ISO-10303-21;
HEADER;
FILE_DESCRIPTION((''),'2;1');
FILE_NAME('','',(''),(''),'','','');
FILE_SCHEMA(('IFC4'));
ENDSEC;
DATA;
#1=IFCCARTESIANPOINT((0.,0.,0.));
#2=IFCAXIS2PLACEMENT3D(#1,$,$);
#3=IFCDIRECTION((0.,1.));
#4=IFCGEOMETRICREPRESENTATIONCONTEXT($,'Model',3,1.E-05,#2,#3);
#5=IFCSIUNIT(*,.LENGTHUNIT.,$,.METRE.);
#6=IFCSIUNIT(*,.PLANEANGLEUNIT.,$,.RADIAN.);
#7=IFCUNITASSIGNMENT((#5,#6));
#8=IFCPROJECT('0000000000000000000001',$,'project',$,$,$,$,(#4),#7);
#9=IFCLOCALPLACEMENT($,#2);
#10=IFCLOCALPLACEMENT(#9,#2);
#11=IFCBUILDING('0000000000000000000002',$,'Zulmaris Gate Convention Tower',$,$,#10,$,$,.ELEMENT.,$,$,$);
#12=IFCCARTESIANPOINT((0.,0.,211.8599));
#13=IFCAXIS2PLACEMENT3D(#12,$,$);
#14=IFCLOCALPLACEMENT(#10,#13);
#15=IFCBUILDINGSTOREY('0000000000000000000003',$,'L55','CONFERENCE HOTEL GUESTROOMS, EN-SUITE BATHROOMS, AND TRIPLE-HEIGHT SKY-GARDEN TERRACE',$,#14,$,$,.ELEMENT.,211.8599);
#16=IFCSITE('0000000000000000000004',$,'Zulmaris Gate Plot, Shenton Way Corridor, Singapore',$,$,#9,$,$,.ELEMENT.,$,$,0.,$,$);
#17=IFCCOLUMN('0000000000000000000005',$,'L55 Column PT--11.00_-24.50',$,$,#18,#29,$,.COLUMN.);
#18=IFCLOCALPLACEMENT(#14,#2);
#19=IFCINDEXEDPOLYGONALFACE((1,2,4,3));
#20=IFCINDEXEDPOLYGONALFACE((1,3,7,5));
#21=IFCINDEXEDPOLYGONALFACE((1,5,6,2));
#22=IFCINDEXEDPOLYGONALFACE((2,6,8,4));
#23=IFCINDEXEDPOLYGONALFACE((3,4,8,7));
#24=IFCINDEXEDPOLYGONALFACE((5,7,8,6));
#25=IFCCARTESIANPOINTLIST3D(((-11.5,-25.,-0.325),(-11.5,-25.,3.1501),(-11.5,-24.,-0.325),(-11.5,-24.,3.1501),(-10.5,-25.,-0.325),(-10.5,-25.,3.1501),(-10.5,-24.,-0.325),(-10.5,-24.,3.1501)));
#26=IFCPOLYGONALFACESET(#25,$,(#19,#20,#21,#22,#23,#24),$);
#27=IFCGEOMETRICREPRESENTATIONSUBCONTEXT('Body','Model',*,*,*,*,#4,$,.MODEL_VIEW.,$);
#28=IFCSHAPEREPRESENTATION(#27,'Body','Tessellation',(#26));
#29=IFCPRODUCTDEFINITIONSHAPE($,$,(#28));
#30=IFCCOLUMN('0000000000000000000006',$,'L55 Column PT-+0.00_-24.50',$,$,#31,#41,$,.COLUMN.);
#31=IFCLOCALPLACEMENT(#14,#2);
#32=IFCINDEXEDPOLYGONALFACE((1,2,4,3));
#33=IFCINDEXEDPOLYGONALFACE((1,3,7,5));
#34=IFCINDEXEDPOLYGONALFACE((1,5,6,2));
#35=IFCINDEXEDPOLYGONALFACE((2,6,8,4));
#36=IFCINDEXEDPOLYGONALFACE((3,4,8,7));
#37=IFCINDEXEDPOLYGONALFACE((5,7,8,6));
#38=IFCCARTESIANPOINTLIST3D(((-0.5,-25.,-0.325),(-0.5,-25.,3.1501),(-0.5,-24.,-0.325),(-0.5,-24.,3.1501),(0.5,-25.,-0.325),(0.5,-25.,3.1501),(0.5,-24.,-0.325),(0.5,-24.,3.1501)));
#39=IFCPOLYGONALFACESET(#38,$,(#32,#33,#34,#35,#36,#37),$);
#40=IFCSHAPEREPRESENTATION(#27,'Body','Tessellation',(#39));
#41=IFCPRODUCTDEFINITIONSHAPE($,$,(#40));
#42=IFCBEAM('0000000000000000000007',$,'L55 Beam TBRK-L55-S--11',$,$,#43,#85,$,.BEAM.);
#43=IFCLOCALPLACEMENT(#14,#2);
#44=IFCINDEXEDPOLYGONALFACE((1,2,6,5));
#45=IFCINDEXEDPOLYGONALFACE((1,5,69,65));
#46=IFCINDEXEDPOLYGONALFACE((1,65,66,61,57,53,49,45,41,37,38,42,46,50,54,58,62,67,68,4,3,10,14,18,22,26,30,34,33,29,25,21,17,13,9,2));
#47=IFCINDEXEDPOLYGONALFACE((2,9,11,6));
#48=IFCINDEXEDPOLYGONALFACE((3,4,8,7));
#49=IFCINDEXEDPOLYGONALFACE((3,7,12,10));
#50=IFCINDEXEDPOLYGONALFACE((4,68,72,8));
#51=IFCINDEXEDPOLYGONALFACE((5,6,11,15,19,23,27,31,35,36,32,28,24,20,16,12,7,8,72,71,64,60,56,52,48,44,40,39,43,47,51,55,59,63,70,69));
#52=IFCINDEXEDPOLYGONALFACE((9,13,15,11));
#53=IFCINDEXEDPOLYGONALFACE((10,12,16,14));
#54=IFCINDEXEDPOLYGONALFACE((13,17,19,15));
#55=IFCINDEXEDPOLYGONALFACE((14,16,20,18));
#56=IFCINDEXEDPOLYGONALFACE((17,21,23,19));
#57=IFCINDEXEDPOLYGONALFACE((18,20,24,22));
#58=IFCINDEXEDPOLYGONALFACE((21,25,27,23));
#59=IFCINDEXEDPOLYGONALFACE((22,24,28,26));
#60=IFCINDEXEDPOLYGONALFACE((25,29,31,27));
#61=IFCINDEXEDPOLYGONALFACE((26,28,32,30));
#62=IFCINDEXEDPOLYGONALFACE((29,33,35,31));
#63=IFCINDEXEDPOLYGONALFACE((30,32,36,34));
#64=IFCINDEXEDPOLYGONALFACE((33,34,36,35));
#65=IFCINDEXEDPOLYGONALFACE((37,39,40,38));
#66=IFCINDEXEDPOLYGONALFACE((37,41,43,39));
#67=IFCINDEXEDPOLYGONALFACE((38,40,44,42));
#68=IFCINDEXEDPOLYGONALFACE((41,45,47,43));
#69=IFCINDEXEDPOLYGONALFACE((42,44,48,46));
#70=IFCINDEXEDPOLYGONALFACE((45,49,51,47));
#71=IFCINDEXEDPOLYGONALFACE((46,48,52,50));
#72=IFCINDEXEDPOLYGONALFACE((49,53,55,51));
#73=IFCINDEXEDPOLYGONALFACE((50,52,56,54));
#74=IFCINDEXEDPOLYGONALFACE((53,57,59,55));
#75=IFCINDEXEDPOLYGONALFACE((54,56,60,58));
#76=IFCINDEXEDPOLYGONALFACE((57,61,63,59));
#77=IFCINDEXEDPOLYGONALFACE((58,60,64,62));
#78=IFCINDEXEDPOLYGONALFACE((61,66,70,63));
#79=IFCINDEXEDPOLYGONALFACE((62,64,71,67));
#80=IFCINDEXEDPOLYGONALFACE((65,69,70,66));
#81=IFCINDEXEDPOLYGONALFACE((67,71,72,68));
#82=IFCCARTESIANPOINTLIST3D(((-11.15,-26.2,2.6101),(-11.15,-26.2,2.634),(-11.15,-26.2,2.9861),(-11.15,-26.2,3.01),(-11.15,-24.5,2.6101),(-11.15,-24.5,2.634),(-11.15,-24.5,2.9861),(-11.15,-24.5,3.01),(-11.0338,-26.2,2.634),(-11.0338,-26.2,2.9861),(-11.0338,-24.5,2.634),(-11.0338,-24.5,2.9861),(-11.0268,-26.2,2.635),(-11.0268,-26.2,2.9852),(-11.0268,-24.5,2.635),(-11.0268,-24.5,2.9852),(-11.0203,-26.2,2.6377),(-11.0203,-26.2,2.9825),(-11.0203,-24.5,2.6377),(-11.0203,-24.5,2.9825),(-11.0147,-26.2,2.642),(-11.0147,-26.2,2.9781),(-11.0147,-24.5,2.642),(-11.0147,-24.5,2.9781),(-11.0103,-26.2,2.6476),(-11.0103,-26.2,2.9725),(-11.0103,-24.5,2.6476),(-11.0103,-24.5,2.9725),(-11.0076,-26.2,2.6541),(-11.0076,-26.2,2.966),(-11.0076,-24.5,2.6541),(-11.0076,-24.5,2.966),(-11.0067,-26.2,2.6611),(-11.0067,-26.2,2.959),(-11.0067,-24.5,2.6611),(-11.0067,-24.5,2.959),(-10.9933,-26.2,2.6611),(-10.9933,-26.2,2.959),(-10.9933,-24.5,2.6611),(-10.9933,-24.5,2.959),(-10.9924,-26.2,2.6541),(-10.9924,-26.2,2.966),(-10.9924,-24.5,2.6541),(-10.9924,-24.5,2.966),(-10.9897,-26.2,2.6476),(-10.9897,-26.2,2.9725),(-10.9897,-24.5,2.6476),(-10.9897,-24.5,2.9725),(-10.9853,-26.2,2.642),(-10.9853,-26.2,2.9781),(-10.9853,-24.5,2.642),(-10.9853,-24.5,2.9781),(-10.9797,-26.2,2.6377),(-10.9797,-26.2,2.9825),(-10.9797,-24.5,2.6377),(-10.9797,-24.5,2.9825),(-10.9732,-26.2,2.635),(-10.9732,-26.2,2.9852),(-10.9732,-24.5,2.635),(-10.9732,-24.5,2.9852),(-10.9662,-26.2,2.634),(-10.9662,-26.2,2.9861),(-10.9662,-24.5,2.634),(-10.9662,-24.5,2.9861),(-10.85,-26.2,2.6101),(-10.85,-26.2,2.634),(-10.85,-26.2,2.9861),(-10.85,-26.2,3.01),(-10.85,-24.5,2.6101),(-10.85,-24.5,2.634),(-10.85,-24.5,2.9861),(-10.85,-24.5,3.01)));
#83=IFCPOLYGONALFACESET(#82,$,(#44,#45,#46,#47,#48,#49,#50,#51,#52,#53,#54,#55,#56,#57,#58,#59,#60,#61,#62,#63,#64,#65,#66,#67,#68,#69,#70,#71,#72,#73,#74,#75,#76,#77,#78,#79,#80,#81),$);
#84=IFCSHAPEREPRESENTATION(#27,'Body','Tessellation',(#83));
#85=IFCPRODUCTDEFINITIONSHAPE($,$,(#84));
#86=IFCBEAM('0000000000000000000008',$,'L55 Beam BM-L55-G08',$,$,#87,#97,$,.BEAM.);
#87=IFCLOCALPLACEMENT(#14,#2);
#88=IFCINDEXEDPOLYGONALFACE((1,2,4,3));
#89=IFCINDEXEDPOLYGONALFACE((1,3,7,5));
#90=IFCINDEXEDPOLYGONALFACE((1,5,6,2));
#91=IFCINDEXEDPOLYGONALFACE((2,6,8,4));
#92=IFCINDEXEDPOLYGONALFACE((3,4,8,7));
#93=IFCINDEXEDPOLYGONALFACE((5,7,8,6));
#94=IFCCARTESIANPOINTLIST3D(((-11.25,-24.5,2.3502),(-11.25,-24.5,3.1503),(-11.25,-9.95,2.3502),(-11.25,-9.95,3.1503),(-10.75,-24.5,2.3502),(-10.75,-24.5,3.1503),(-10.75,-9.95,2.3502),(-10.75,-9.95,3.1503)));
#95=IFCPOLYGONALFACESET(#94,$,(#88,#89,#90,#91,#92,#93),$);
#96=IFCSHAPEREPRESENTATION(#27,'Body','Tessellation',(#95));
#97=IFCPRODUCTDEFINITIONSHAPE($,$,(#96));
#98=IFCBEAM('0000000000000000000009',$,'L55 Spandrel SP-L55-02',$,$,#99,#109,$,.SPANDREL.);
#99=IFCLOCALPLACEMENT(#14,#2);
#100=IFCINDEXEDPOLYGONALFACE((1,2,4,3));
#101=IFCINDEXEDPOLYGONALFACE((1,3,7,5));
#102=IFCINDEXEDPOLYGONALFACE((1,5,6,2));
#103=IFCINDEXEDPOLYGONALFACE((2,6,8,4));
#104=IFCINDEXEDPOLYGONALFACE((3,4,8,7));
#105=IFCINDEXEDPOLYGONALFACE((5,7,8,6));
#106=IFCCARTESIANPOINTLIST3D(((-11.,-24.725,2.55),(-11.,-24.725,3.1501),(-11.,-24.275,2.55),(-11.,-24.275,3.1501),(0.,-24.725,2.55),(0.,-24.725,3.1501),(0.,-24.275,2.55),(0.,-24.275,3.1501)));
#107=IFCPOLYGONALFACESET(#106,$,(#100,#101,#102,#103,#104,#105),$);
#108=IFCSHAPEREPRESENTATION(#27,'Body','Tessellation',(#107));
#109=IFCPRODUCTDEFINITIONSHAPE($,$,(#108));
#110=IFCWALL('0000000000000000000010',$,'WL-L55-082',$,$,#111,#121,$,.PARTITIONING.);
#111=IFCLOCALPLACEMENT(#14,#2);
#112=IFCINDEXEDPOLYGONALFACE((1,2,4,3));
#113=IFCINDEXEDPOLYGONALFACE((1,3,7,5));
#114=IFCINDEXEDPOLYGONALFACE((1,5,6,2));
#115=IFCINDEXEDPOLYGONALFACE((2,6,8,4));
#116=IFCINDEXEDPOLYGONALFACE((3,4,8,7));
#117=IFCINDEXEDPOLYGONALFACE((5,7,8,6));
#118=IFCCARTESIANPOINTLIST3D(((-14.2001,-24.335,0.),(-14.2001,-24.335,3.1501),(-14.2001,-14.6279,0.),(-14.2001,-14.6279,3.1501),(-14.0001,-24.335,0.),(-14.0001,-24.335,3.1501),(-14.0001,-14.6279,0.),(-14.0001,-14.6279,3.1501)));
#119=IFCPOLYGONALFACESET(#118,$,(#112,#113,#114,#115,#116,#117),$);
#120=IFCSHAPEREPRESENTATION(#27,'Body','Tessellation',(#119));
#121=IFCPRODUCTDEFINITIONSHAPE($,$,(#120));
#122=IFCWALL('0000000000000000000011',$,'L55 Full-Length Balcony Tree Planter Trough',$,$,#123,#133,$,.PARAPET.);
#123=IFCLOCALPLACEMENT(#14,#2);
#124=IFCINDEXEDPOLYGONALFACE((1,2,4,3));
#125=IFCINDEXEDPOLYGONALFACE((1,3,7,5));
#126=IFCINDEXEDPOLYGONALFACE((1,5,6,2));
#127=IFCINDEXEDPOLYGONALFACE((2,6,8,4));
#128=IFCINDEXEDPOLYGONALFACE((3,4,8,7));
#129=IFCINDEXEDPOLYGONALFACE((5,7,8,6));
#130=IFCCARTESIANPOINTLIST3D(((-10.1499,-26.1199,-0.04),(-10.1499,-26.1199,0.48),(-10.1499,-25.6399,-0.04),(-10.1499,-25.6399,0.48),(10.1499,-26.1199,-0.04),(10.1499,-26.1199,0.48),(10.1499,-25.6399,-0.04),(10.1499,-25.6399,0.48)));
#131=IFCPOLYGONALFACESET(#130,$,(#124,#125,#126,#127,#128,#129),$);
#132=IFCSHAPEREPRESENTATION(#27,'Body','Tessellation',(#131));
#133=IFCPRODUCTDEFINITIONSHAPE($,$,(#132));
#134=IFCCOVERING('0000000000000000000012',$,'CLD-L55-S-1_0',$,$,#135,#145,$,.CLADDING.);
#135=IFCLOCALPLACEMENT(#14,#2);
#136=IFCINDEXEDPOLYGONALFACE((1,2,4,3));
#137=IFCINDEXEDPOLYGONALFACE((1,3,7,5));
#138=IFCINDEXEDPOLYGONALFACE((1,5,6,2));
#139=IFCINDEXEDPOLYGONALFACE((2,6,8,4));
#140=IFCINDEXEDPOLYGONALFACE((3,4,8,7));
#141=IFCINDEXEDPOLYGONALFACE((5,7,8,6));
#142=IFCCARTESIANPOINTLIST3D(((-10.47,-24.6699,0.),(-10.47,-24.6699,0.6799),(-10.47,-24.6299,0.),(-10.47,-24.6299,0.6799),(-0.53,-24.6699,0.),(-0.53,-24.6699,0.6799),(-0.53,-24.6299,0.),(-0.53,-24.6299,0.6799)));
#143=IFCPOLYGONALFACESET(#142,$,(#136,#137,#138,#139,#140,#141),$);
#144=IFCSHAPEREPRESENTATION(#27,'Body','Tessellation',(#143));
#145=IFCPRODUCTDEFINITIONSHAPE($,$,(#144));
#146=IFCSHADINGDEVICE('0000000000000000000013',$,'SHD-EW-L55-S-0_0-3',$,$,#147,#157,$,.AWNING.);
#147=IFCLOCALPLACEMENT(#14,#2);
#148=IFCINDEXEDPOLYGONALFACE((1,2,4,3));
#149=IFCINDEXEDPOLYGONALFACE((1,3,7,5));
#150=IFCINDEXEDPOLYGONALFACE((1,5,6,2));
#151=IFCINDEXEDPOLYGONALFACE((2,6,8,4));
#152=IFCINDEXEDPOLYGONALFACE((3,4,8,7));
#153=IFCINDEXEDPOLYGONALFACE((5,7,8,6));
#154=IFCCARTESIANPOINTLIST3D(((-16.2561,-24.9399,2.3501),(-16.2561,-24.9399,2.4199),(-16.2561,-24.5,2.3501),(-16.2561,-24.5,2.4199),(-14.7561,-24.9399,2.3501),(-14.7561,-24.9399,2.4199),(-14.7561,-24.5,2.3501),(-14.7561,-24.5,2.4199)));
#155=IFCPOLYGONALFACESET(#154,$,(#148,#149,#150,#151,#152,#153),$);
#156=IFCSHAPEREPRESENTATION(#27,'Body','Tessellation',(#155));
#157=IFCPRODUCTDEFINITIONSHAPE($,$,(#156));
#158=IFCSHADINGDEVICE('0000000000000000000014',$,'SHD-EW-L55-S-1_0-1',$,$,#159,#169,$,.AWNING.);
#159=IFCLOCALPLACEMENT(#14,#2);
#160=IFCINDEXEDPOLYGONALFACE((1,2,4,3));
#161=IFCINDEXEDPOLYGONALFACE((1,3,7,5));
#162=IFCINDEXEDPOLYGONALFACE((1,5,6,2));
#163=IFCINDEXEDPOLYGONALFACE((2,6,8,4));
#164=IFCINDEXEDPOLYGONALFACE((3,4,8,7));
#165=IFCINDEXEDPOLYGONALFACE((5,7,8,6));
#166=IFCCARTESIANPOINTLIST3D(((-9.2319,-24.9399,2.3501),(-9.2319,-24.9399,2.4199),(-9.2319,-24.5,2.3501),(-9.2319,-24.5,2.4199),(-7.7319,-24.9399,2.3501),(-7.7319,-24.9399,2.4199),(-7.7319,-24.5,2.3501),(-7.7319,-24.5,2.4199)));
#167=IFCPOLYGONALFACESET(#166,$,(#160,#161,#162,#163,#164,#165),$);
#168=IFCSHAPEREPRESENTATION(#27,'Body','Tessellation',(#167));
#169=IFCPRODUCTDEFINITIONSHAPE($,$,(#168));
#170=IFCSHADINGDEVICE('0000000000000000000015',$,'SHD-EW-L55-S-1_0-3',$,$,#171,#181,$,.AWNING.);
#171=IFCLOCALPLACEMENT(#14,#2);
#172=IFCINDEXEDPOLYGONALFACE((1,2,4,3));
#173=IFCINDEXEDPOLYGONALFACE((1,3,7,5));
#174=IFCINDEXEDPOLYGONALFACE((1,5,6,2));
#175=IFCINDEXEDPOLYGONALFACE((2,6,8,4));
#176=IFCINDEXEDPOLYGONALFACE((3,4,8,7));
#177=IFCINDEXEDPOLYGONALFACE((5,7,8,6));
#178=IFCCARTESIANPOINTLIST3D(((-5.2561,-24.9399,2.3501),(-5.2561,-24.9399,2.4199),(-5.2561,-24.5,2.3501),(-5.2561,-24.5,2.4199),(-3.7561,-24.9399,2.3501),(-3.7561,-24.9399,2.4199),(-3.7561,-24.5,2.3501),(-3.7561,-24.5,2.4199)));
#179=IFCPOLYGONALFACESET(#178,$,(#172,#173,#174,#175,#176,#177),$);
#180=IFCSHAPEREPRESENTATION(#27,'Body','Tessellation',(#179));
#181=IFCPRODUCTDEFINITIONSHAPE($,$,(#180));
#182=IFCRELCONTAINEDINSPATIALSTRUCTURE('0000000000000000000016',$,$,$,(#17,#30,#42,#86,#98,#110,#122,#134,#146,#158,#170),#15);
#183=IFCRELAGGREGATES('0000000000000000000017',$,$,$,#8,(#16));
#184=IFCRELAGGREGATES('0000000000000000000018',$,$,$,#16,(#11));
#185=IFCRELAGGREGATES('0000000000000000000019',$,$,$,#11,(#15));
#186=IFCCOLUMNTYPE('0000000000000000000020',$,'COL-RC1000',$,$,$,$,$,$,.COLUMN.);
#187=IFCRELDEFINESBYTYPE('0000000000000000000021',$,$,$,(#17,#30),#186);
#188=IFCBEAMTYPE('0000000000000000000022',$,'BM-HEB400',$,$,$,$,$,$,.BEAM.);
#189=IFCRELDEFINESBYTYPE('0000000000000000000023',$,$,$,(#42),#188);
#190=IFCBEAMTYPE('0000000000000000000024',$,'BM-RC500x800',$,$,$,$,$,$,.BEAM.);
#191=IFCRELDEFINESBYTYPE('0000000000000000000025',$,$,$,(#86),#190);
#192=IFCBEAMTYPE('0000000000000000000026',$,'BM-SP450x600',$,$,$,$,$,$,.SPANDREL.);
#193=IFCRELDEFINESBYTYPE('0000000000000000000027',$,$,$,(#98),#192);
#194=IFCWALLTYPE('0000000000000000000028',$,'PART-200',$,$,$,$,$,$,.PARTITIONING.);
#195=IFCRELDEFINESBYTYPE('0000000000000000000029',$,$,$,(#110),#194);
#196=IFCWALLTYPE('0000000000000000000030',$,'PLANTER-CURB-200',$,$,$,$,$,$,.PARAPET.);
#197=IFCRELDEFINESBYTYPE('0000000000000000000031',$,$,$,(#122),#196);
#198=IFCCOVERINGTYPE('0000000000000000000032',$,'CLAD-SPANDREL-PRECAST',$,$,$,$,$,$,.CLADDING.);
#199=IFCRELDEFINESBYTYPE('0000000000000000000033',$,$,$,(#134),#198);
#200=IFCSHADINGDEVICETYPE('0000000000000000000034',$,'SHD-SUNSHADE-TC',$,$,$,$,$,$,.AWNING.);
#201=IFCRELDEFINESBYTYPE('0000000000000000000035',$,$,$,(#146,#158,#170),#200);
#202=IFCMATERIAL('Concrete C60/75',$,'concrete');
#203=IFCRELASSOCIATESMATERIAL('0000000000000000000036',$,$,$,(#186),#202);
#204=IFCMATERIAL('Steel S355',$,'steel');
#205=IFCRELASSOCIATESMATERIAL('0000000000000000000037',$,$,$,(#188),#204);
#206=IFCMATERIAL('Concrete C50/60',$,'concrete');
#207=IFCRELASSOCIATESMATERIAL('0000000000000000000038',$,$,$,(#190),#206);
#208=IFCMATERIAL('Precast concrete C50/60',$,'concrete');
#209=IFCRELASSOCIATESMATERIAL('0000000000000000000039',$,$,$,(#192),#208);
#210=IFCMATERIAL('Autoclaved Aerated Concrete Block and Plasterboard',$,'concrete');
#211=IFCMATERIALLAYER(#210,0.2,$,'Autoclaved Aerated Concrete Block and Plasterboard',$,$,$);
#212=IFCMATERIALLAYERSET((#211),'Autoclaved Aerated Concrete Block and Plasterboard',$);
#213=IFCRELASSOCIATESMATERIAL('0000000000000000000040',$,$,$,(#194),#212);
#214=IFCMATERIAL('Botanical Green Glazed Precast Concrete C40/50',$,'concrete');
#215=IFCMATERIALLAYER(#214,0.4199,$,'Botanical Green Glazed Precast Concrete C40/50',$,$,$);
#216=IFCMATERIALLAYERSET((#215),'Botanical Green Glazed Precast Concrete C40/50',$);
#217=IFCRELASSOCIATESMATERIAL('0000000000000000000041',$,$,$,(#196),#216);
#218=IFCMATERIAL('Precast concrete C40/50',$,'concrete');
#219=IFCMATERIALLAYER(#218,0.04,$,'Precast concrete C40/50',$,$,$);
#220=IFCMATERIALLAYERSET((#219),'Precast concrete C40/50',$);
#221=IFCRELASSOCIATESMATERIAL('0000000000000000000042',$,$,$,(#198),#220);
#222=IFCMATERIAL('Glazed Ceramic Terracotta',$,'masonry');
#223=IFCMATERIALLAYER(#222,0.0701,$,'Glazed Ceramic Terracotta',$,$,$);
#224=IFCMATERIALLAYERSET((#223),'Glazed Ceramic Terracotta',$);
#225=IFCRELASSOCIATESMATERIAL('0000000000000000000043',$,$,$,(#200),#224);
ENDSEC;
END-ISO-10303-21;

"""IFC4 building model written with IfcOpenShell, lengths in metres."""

from ifc_helpers import new_model, si_unit, direction, frame, frame_2d, origin, origin_2d, place, context, subcontext, project, spatial, rectangle, i_section, extrude, material, layer, layer_set, material_profile, profile_set, type_object, element, save


model = new_model("IFC4")

# Units and contexts
model_context = context("Model", 3, precision=1e-05, world=origin(), true_north=direction((0.0, 1.0)))
body_context = subcontext(model_context, "Body", "Model", "MODEL_VIEW")
ifc_project = project(units=[si_unit("LENGTHUNIT", "METRE"), si_unit("PLANEANGLEUNIT", "RADIAN")], contexts=[model_context])

# Site, building, storey
site_placement = place(None, origin())
site = spatial("IfcSite", under=ifc_project, at=site_placement, Name="Zulmaris Gate Plot, Shenton Way Corridor, Singapore", CompositionType="ELEMENT", RefElevation=0.0)
building_placement = place(site_placement, origin())
building = spatial("IfcBuilding", under=site, at=building_placement, Name="Zulmaris Gate Convention Tower", CompositionType="ELEMENT")
storey_placement = place(building_placement, frame((0.0, 0.0, 211.8599)))
storey = spatial("IfcBuildingStorey", under=building, at=storey_placement, Name="L55", Description="CONFERENCE HOTEL GUESTROOMS, EN-SUITE BATHROOMS, AND TRIPLE-HEIGHT SKY-GARDEN TERRACE", CompositionType="ELEMENT", Elevation=211.8599)

# Columns
ifc_material_1 = material(Name="Concrete C60/75", Category="concrete")
ifc_material_profile_1 = material_profile(ifc_material_1, rectangle(XDim=1.0, YDim=1.0, at=origin_2d()), Name="RC COL 1000x1000")
ifc_profile_set_1 = profile_set([ifc_material_profile_1], Name="Concrete C60/75")
column_type = type_object("IfcColumnType", Name="COL-RC1000", PredefinedType="COLUMN", material=ifc_profile_set_1)
for number, where, z_axis, x_axis, name in (
    (1, (-11.0, -24.5, -0.325), (0.0, 0.0, 1.0), (1.0, 0.0, 0.0), "L55 Column PT--11.00_-24.50"),
    (2, (0.0, -24.5, -0.325), (0.0, 0.0, 1.0), (1.0, 0.0, 0.0), "L55 Column PT-+0.00_-24.50"),
):
    element("IfcColumn", number, at=place(storey_placement, frame(where, z_axis=z_axis, x_axis=x_axis)), inside=storey, type_object=column_type, Name=name, PredefinedType="COLUMN", context=body_context, shape_type="SweptSolid", body=[
        extrude(rectangle(XDim=1.0, YDim=1.0, at=origin_2d()), origin(), (0.0, 0.0, 1.0), 3.4751),
    ])

# Beams
ifc_material_2 = material(Name="Steel S355", Category="steel")
ifc_material_profile_2 = material_profile(ifc_material_2, i_section(OverallWidth=0.3, OverallDepth=0.3999, WebThickness=0.0134, FlangeThickness=0.0239, FilletRadius=0.0271, at=origin_2d()), Name="HEB 400")
ifc_profile_set_2 = profile_set([ifc_material_profile_2], Name="Steel S355")
beam_type_1 = type_object("IfcBeamType", Name="BM-HEB400", PredefinedType="BEAM", material=ifc_profile_set_2)
beam_1_placement = place(storey_placement, frame((-11.0, -26.2, 2.8101), z_axis=(0.0, 1.0, 0.0), x_axis=(-1.0, 0.0, 0.0)))
element("IfcBeam", 3, at=beam_1_placement, inside=storey, type_object=beam_type_1, Name="L55 Beam TBRK-L55-S--11", PredefinedType="BEAM", context=body_context, shape_type="SweptSolid", body=[
    extrude(i_section(OverallWidth=0.3, OverallDepth=0.3999, WebThickness=0.0134, FlangeThickness=0.0239, FilletRadius=0.0271, at=origin_2d()), origin(), (0.0, 0.0, 1.0), 1.7),
])
ifc_material_3 = material(Name="Concrete C50/60", Category="concrete")
ifc_material_profile_3 = material_profile(ifc_material_3, rectangle(XDim=0.5, YDim=0.8, at=origin_2d()), Name="RC BEAM 500x800")
ifc_profile_set_3 = profile_set([ifc_material_profile_3], Name="Concrete C50/60")
beam_type_2 = type_object("IfcBeamType", Name="BM-RC500x800", PredefinedType="BEAM", material=ifc_profile_set_3)
beam_2_placement = place(storey_placement, frame((-11.0, -24.5, 2.7502), z_axis=(0.0, 1.0, 0.0), x_axis=(-1.0, 0.0, 0.0)))
element("IfcBeam", 4, at=beam_2_placement, inside=storey, type_object=beam_type_2, Name="L55 Beam BM-L55-G08", PredefinedType="BEAM", context=body_context, shape_type="SweptSolid", body=[
    extrude(rectangle(XDim=0.5, YDim=0.8, at=origin_2d()), origin(), (0.0, 0.0, 1.0), 14.55),
])
ifc_material_4 = material(Name="Precast concrete C50/60", Category="concrete")
ifc_material_profile_4 = material_profile(ifc_material_4, rectangle(XDim=0.45, YDim=0.6001, at=origin_2d()), Name="RC SPANDREL 450x600")
ifc_profile_set_4 = profile_set([ifc_material_profile_4], Name="Precast concrete C50/60")
beam_type_3 = type_object("IfcBeamType", Name="BM-SP450x600", PredefinedType="SPANDREL", material=ifc_profile_set_4)
beam_3_placement = place(storey_placement, frame((-11.0, -24.5, 2.8501), z_axis=(1.0, 0.0, 0.0), x_axis=(0.0, 1.0, 0.0)))
element("IfcBeam", 5, at=beam_3_placement, inside=storey, type_object=beam_type_3, Name="L55 Spandrel SP-L55-02", PredefinedType="SPANDREL", context=body_context, shape_type="SweptSolid", body=[
    extrude(rectangle(XDim=0.45, YDim=0.6001, at=origin_2d()), origin(), (0.0, 0.0, 1.0), 11.0),
])

# Walls
ifc_material_5 = material(Name="Autoclaved Aerated Concrete Block and Plasterboard", Category="concrete")
ifc_layer_1 = layer(ifc_material_5, 0.2, Name="Autoclaved Aerated Concrete Block and Plasterboard")
ifc_layer_set_1 = layer_set([ifc_layer_1], Name="Autoclaved Aerated Concrete Block and Plasterboard")
wall_type_1 = type_object("IfcWallType", Name="PART-200", PredefinedType="PARTITIONING", material=ifc_layer_set_1)
wall_1_placement = place(storey_placement, frame((-14.1001, -24.335, 0.0), z_axis=(0.0, 0.0, 1.0), x_axis=(0.0, 1.0, 0.0)))
element("IfcWall", 6, at=wall_1_placement, inside=storey, type_object=wall_type_1, Name="WL-L55-082", PredefinedType="PARTITIONING", context=body_context, shape_type="SweptSolid", body=[
    extrude(rectangle(XDim=9.707, YDim=0.2, at=frame_2d((4.8535, 0.0))), origin(), (0.0, 0.0, 1.0), 3.1501),
])
ifc_material_6 = material(Name="Botanical Green Glazed Precast Concrete C40/50", Category="concrete")
ifc_layer_2 = layer(ifc_material_6, 0.4199, Name="Botanical Green Glazed Precast Concrete C40/50")
ifc_layer_set_2 = layer_set([ifc_layer_2], Name="Botanical Green Glazed Precast Concrete C40/50")
wall_type_2 = type_object("IfcWallType", Name="PLANTER-CURB-200", PredefinedType="PARAPET", material=ifc_layer_set_2)
wall_2_placement = place(storey_placement, frame((-10.1499, -25.8799, -0.04), z_axis=(0.0, 0.0, 1.0), x_axis=(1.0, 0.0, 0.0)))
element("IfcWall", 7, at=wall_2_placement, inside=storey, type_object=wall_type_2, Name="L55 Full-Length Balcony Tree Planter Trough", PredefinedType="PARAPET", context=body_context, shape_type="SweptSolid", body=[
    extrude(rectangle(XDim=20.2998, YDim=0.48, at=frame_2d((10.1499, 0.0))), origin(), (0.0, 0.0, 1.0), 0.52),
])

# Shared definitions
ifc_material_7 = material(Name="Precast concrete C40/50", Category="concrete")

# Covering
ifc_layer_3 = layer(ifc_material_7, 0.04, Name="Precast concrete C40/50")
ifc_layer_set_3 = layer_set([ifc_layer_3], Name="Precast concrete C40/50")
covering_type = type_object("IfcCoveringType", Name="CLAD-SPANDREL-PRECAST", PredefinedType="CLADDING", material=ifc_layer_set_3)
covering_placement = place(storey_placement, frame((-10.47, -24.6499, 0.0), z_axis=(0.0, 0.0, 1.0), x_axis=(1.0, 0.0, 0.0)))
element("IfcCovering", 8, at=covering_placement, inside=storey, type_object=covering_type, Name="CLD-L55-S-1_0", PredefinedType="CLADDING", context=body_context, shape_type="SweptSolid", body=[
    extrude(rectangle(XDim=9.9399, YDim=0.04, at=frame_2d((4.97, 0.0))), origin(), (0.0, 0.0, 1.0), 0.6799),
])

# Shading devices
ifc_material_8 = material(Name="Glazed Ceramic Terracotta", Category="masonry")
ifc_layer_4 = layer(ifc_material_8, 0.0701, Name="Glazed Ceramic Terracotta")
ifc_layer_set_4 = layer_set([ifc_layer_4], Name="Glazed Ceramic Terracotta")
shading_device_type = type_object("IfcShadingDeviceType", Name="SHD-SUNSHADE-TC", PredefinedType="AWNING", material=ifc_layer_set_4)
for number, where, z_axis, x_axis, name in (
    (9, (-16.2561, -24.72, 2.3501), (0.0, 0.0, 1.0), (1.0, 0.0, 0.0), "SHD-EW-L55-S-0_0-3"),
    (10, (-9.2319, -24.72, 2.3501), (0.0, 0.0, 1.0), (1.0, 0.0, 0.0), "SHD-EW-L55-S-1_0-1"),
    (11, (-5.2561, -24.72, 2.3501), (0.0, 0.0, 1.0), (1.0, 0.0, 0.0), "SHD-EW-L55-S-1_0-3"),
):
    element("IfcShadingDevice", number, at=place(storey_placement, frame(where, z_axis=z_axis, x_axis=x_axis)), inside=storey, type_object=shading_device_type, Name=name, PredefinedType="AWNING", context=body_context, shape_type="SweptSolid", body=[
        extrude(rectangle(XDim=1.5, YDim=0.4399, at=frame_2d((0.75, 0.0))), origin(), (0.0, 0.0, 1.0), 0.0698),
    ])

save(model, "model.ifc")
